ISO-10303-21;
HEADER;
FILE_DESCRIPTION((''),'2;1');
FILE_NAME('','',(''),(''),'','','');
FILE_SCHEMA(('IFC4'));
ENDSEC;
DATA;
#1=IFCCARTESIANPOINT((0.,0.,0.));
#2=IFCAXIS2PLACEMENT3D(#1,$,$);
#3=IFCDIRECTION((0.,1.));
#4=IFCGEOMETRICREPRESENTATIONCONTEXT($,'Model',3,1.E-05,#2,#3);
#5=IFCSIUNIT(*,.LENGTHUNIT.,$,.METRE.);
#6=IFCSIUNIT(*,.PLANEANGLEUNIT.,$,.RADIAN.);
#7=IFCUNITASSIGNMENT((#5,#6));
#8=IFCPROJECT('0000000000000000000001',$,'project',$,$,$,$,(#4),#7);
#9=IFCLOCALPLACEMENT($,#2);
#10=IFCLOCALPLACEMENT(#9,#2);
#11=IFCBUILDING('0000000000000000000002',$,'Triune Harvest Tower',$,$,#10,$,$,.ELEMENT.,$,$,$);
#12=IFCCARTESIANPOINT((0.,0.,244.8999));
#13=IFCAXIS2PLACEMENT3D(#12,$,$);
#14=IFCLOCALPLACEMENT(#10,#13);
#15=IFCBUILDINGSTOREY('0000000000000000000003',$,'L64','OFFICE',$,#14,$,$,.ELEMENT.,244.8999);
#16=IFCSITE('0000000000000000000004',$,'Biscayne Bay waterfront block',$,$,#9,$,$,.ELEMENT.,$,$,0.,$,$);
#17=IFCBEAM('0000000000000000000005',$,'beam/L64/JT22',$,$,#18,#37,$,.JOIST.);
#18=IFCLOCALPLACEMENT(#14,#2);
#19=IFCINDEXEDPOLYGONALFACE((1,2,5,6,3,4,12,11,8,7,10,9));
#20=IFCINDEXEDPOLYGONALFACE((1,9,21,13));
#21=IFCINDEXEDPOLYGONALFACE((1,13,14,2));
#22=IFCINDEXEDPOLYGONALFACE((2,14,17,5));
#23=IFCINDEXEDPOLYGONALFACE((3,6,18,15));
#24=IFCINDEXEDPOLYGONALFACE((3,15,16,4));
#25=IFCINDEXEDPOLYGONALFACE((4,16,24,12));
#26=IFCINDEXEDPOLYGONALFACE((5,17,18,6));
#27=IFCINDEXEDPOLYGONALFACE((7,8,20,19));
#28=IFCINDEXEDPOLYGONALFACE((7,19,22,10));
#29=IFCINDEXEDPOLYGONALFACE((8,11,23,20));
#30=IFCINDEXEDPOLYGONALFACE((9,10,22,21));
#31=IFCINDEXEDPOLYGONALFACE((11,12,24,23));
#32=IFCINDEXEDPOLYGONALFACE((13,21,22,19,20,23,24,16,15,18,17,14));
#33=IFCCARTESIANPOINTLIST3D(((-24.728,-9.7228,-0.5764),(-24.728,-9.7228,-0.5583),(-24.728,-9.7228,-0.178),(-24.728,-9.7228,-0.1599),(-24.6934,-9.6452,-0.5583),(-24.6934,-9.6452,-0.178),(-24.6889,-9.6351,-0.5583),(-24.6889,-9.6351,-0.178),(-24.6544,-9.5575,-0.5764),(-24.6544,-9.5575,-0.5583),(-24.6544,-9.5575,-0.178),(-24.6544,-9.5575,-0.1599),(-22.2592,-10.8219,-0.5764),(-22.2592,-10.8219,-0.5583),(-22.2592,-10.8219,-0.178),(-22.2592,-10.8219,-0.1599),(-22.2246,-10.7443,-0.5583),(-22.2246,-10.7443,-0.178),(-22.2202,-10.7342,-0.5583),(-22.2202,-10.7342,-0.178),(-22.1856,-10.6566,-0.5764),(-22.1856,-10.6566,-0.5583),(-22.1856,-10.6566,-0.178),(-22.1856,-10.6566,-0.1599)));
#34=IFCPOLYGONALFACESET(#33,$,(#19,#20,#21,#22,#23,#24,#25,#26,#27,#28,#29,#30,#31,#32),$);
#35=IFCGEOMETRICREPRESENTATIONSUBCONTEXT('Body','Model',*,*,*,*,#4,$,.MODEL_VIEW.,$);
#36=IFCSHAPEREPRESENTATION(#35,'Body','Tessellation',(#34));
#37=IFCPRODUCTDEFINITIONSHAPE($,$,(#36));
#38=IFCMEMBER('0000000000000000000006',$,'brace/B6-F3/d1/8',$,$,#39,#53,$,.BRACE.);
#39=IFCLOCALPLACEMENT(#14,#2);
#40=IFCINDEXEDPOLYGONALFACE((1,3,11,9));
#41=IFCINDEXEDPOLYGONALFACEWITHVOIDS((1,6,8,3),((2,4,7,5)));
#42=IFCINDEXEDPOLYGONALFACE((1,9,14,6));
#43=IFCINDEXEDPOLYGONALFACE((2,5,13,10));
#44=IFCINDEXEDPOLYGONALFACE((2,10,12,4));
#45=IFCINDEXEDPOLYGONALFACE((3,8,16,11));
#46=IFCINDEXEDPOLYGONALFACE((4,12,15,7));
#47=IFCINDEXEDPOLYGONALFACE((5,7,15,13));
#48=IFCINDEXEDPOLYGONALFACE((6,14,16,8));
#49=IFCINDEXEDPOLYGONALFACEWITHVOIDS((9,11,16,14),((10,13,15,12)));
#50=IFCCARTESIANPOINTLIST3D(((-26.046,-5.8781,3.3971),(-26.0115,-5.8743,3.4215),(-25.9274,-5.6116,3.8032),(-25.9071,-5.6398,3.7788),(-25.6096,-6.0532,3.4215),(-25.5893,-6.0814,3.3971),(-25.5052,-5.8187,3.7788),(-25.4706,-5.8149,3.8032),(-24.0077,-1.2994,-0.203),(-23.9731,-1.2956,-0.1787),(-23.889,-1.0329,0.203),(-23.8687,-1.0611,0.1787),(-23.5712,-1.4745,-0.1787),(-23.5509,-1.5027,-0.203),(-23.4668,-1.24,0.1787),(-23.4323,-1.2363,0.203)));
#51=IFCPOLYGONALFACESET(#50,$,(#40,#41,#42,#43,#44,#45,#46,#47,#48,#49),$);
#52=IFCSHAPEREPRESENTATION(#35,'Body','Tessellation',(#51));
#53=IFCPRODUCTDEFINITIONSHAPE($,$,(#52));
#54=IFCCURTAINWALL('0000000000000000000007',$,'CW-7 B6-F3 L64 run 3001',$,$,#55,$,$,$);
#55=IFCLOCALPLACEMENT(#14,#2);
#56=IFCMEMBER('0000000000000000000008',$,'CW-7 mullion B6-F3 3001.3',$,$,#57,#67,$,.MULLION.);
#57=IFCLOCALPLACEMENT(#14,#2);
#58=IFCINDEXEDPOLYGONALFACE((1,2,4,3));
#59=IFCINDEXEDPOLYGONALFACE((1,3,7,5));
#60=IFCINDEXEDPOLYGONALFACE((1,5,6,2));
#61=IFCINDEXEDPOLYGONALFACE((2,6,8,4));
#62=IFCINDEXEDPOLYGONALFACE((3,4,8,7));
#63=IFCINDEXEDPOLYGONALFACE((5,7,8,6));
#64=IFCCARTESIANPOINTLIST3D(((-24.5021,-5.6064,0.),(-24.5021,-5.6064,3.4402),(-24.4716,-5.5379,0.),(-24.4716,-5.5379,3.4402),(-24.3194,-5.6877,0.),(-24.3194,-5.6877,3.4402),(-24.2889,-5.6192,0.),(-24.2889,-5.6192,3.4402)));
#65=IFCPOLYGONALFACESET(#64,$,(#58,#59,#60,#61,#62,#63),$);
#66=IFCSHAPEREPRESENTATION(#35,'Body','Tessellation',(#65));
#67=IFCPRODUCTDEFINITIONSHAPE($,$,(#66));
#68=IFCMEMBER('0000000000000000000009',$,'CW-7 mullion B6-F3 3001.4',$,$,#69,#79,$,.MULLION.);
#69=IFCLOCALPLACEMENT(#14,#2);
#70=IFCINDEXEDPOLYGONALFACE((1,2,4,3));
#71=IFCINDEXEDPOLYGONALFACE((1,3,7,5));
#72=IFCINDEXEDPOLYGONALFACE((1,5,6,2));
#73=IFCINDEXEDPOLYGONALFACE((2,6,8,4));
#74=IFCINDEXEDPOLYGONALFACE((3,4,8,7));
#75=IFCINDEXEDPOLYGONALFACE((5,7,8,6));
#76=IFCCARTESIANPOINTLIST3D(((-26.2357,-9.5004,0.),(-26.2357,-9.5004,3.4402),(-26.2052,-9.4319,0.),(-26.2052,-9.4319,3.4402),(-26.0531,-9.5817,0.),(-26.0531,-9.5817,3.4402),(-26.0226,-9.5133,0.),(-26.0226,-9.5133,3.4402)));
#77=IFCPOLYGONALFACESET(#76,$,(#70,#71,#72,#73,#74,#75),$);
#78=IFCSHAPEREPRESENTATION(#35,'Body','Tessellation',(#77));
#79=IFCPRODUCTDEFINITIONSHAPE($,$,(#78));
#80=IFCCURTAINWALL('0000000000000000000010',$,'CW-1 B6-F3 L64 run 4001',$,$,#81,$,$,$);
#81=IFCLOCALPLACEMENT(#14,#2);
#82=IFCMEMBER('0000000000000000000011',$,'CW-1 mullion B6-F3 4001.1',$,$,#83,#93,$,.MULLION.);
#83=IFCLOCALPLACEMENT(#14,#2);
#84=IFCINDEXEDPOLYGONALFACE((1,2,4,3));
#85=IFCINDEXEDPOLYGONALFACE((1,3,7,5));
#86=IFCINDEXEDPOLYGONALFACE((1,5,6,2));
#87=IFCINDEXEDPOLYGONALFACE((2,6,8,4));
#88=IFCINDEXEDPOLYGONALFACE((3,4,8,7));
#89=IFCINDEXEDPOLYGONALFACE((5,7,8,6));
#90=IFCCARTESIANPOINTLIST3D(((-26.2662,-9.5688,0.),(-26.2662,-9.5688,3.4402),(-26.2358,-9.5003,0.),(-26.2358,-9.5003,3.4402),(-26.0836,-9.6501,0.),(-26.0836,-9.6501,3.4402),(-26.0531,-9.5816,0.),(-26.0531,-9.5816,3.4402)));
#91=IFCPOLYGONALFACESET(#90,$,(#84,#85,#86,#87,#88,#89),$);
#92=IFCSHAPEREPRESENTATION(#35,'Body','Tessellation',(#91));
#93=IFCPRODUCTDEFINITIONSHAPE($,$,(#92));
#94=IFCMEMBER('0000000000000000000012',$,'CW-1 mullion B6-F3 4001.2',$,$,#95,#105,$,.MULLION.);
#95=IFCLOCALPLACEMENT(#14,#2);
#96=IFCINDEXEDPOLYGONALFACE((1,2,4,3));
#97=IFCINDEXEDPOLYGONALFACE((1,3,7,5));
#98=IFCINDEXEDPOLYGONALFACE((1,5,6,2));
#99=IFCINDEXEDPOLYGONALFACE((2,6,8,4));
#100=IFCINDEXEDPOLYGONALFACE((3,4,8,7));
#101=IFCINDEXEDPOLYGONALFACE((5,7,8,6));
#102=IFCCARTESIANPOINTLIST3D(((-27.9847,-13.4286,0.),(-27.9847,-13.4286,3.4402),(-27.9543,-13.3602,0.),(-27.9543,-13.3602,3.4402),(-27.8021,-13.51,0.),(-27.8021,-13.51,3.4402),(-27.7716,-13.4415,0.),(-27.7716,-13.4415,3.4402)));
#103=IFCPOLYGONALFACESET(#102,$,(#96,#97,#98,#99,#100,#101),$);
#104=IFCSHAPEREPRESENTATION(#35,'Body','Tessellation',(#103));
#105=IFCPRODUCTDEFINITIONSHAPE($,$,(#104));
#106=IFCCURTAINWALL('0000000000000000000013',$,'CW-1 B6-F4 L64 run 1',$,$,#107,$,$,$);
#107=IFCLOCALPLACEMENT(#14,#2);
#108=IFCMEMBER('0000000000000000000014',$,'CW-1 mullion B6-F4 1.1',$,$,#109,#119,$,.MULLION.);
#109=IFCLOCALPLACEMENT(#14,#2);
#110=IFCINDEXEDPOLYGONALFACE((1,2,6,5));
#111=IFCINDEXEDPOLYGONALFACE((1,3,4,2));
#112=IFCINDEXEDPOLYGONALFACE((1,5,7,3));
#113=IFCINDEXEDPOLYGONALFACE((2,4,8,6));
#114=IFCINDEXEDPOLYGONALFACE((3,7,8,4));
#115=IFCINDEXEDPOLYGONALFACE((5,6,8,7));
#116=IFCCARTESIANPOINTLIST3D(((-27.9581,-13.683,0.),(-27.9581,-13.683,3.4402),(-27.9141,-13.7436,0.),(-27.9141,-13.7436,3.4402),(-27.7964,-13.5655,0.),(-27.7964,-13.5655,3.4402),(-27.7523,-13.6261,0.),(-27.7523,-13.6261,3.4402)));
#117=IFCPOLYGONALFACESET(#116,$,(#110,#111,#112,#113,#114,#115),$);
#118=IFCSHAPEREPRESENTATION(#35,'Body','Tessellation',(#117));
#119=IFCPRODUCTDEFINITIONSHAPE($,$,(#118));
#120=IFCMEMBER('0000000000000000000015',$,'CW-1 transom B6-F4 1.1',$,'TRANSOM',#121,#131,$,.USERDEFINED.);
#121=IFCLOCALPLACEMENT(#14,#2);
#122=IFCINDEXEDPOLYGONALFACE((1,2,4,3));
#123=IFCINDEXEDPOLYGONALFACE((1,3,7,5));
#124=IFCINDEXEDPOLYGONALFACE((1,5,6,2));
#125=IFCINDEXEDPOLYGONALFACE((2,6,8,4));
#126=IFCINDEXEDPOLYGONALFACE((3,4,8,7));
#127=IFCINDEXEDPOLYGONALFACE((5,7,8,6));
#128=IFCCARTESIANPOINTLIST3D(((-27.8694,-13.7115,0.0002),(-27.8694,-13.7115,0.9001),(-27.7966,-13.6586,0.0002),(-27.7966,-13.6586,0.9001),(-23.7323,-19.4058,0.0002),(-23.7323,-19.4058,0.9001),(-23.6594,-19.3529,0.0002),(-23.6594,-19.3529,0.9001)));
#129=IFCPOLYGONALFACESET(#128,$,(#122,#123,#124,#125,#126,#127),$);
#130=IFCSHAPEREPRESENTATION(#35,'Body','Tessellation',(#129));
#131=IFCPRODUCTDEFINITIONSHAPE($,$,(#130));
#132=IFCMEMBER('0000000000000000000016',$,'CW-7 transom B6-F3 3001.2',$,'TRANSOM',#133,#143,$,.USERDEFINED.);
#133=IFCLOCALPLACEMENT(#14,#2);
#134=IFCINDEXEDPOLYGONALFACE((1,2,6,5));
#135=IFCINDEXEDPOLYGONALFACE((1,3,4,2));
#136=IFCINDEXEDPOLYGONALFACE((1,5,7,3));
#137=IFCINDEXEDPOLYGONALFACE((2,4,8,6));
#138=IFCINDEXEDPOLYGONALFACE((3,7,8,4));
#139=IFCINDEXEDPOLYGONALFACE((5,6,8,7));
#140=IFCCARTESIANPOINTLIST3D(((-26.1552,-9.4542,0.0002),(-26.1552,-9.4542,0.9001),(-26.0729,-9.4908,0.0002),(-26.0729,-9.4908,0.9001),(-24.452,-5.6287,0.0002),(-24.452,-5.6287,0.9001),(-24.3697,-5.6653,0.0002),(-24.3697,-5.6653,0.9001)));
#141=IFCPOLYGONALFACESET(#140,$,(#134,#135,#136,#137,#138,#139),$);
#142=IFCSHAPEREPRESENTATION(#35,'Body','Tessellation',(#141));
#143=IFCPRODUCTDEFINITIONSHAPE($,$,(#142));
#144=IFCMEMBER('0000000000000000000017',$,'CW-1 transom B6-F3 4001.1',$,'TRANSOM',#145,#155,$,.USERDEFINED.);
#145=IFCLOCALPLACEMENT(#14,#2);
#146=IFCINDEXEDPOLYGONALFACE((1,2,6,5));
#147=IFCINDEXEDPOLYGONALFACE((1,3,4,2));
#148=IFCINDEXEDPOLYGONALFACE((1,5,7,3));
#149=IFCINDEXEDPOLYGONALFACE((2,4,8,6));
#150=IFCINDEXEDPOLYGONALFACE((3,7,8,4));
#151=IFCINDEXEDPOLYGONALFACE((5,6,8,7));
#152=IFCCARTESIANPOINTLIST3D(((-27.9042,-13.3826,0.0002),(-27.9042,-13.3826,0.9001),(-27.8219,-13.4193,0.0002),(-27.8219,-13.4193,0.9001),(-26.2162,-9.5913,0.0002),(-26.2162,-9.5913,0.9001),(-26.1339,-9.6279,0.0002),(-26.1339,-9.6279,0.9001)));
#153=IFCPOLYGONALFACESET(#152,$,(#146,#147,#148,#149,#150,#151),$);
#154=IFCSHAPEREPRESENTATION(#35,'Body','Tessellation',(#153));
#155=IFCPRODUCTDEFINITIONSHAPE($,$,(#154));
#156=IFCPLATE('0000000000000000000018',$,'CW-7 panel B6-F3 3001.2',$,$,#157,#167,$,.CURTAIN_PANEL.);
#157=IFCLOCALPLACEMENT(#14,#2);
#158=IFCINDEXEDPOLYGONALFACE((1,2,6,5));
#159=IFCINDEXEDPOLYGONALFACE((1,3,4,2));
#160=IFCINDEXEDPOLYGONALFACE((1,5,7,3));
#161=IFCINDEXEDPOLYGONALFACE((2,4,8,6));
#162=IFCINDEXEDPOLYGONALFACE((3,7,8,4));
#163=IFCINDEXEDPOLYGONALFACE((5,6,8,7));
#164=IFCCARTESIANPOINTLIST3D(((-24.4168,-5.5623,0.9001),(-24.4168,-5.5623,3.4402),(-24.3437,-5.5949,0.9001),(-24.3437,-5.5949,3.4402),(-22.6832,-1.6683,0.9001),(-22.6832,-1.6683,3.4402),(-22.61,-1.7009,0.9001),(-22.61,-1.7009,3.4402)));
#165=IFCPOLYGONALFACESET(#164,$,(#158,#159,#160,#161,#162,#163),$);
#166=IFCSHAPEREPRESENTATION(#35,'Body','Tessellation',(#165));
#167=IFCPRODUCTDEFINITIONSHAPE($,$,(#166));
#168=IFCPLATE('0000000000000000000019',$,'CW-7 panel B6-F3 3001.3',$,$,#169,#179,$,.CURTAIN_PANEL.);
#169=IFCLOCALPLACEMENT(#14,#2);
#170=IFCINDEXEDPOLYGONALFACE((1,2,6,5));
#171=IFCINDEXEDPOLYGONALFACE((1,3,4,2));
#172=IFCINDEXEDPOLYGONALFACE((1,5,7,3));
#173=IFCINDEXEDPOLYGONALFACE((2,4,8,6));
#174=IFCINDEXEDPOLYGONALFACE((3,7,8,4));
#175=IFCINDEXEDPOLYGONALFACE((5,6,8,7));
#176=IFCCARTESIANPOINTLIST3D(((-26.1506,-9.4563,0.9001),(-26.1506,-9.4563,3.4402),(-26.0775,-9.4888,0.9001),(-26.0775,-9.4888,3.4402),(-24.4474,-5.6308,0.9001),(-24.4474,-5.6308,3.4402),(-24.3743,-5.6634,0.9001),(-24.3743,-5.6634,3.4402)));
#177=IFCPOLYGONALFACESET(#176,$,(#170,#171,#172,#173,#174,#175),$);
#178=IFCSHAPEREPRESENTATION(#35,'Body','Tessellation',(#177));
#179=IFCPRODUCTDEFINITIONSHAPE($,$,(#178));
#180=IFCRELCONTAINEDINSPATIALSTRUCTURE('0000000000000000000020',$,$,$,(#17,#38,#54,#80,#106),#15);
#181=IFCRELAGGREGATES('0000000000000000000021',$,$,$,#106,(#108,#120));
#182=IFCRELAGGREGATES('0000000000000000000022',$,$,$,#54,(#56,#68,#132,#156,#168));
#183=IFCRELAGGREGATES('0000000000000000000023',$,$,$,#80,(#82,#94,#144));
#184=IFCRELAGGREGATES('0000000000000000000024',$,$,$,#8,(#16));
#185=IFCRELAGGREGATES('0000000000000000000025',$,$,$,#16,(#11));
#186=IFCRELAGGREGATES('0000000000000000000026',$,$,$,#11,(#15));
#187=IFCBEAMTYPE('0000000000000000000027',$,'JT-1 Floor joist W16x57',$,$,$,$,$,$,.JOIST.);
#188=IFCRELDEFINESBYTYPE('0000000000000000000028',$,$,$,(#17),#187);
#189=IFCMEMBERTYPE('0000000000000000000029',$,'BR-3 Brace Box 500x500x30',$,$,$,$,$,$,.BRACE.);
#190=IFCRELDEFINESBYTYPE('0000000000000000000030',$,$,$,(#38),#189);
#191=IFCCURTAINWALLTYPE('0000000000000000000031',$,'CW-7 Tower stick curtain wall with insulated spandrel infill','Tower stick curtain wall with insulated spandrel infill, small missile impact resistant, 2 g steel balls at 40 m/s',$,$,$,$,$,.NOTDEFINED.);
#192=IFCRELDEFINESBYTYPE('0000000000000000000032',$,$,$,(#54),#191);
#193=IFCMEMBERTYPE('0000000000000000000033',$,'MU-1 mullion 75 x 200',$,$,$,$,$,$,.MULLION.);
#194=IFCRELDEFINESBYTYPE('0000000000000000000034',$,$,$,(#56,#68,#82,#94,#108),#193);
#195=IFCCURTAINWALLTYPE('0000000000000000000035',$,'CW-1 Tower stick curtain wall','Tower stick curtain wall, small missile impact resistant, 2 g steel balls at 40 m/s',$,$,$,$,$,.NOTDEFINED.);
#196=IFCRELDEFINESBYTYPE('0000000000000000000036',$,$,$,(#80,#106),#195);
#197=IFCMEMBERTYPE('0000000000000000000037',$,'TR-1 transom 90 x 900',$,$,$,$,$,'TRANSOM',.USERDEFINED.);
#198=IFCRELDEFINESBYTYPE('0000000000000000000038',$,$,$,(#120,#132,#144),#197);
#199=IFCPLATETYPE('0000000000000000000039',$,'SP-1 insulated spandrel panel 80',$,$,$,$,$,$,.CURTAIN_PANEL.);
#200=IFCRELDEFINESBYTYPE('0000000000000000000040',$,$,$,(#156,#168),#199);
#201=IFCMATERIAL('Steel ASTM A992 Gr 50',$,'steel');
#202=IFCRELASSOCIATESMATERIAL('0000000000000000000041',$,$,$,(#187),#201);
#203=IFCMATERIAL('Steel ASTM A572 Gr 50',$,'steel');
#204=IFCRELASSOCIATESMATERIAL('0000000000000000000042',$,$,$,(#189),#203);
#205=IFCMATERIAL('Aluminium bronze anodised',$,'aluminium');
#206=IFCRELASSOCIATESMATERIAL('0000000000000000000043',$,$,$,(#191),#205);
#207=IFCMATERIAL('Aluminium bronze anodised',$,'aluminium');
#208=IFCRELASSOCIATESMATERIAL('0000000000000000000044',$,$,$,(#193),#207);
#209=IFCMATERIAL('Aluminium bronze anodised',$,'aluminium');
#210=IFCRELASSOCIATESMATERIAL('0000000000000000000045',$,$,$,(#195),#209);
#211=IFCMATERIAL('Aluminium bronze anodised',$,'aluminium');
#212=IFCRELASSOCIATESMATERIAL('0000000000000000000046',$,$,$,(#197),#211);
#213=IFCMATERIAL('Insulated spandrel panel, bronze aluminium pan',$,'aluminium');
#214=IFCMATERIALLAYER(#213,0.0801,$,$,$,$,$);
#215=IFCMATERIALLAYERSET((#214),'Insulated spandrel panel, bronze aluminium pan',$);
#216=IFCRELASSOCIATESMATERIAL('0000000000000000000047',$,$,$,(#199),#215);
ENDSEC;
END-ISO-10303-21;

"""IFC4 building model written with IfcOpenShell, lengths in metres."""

from ifc_helpers import new_model, si_unit, direction, frame, origin, origin_2d, place, context, subcontext, project, spatial, rectangle, hollow_rectangle, i_section, extrude, source, transform, mapped, material, layer, layer_set, material_profile, profile_set, type_object, element, aggregate, save


model = new_model("IFC4")

# Units and contexts
model_context = context("Model", 3, precision=1e-05, world=origin(), true_north=direction((0.0, 1.0)))
body_context = subcontext(model_context, "Body", "Model", "MODEL_VIEW")
ifc_project = project(units=[si_unit("LENGTHUNIT", "METRE"), si_unit("PLANEANGLEUNIT", "RADIAN")], contexts=[model_context])

# Site, building, storey
site_placement = place(None, origin())
site = spatial("IfcSite", under=ifc_project, at=site_placement, Name="Biscayne Bay waterfront block", CompositionType="ELEMENT", RefElevation=0.0)
building_placement = place(site_placement, origin())
building = spatial("IfcBuilding", under=site, at=building_placement, Name="Triune Harvest Tower", CompositionType="ELEMENT")
storey_placement = place(building_placement, frame((0.0, 0.0, 244.8999)))
storey = spatial("IfcBuildingStorey", under=building, at=storey_placement, Name="L64", Description="OFFICE", CompositionType="ELEMENT", Elevation=244.8999)

# Beam
ifc_material_1 = material(Name="Steel ASTM A992 Gr 50", Category="steel")
ifc_material_profile_1 = material_profile(ifc_material_1, i_section(OverallWidth=0.1809, OverallDepth=0.4165, WebThickness=0.011, FlangeThickness=0.0181, at=origin_2d()), Name="W16x57")
ifc_profile_set_1 = profile_set([ifc_material_profile_1], Name="Steel ASTM A992 Gr 50")
beam_type_1 = type_object("IfcBeamType", Name="JT-1 Floor joist W16x57", PredefinedType="JOIST", material=ifc_profile_set_1)
shared_shape_1 = source(origin(), body_context, "Body", "SweptSolid", [
    extrude(i_section(OverallWidth=0.1809, OverallDepth=0.4165, WebThickness=0.011, FlangeThickness=0.0181, at=origin_2d()), origin(), (0.0, 0.0, 1.0), 2.7024),
])
beam_1_placement = place(storey_placement, frame((-24.6912, -9.6401, -0.3682), z_axis=(0.913551, -0.406725, 0.0), x_axis=(0.406725, 0.913551, 0.0)))
element("IfcBeam", 1, at=beam_1_placement, inside=storey, type_object=beam_type_1, Name="beam/L64/JT22", PredefinedType="JOIST", context=body_context, shape_type="MappedRepresentation", body=[
    mapped(shared_shape_1, transform((0.0, 0.0, 0.0), scale=1.0)),
])

# Member
ifc_material_2 = material(Name="Steel ASTM A572 Gr 50", Category="steel")
ifc_material_profile_2 = material_profile(ifc_material_2, hollow_rectangle(XDim=0.5, YDim=0.5, WallThickness=0.03, at=origin_2d()), Name="Box 500x500x30")
ifc_profile_set_2 = profile_set([ifc_material_profile_2], Name="Steel ASTM A572 Gr 50")
member_type_1 = type_object("IfcMemberType", Name="BR-3 Brace Box 500x500x30", PredefinedType="BRACE", material=ifc_profile_set_2)
shared_shape_2 = source(origin(), body_context, "Body", "SweptSolid", [
    extrude(hollow_rectangle(XDim=0.5, YDim=0.5, WallThickness=0.03, at=origin_2d()), origin(), (0.0, 0.0, 1.0), 6.1709),
])
member_1_placement = place(storey_placement, frame((-23.72, -1.2678, 0.0), z_axis=(-0.330317, -0.741976, 0.583405), x_axis=(0.91356, -0.406703, 0.0)))
element("IfcMember", 2, at=member_1_placement, inside=storey, type_object=member_type_1, Name="brace/B6-F3/d1/8", PredefinedType="BRACE", context=body_context, shape_type="MappedRepresentation", body=[
    mapped(shared_shape_2, transform((0.0, 0.0, 0.0), scale=1.0)),
])

# Curtain walls, members
ifc_material_3 = material(Name="Aluminium bronze anodised", Category="aluminium")
curtain_wall_type_1 = type_object("IfcCurtainWallType", Name="CW-7 Tower stick curtain wall with insulated spandrel infill", Description="Tower stick curtain wall with insulated spandrel infill, small missile impact resistant, 2 g steel balls at 40 m/s", PredefinedType="NOTDEFINED", material=ifc_material_3)
curtain_wall_1_placement = place(storey_placement, origin())
curtain_wall_1 = element("IfcCurtainWall", 3, at=curtain_wall_1_placement, inside=storey, type_object=curtain_wall_type_1, Name="CW-7 B6-F3 L64 run 3001")
ifc_material_4 = material(Name="Aluminium bronze anodised", Category="aluminium")
ifc_material_profile_3 = material_profile(ifc_material_4, rectangle(XDim=0.2, YDim=0.075, at=origin_2d()), Name="MU-1 mullion 75 x 200")
ifc_profile_set_3 = profile_set([ifc_material_profile_3], Name="Aluminium bronze anodised")
member_type_2 = type_object("IfcMemberType", Name="MU-1 mullion 75 x 200", PredefinedType="MULLION", material=ifc_profile_set_3)
shared_shape_3 = source(origin(), body_context, "Body", "SweptSolid", [
    extrude(rectangle(XDim=0.2, YDim=0.075, at=origin_2d()), origin(), (0.0, 0.0, 1.0), 3.4402),
])
member_2_placement = place(storey_placement, frame((-24.3955, -5.6128, 0.0), z_axis=(0.0, 0.0, 1.0), x_axis=(0.913546, -0.406735, 0.0)))
member_2 = element("IfcMember", 4, at=member_2_placement, type_object=member_type_2, Name="CW-7 mullion B6-F3 3001.3", PredefinedType="MULLION", context=body_context, shape_type="MappedRepresentation", body=[
    mapped(shared_shape_3, transform((0.0, 0.0, 0.0), scale=1.0)),
])
member_3_placement = place(storey_placement, frame((-26.1292, -9.5068, 0.0), z_axis=(0.0, 0.0, 1.0), x_axis=(0.913546, -0.406735, 0.0)))
member_3 = element("IfcMember", 5, at=member_3_placement, type_object=member_type_2, Name="CW-7 mullion B6-F3 3001.4", PredefinedType="MULLION", context=body_context, shape_type="MappedRepresentation", body=[
    mapped(shared_shape_3, transform((0.0, 0.0, 0.0), scale=1.0)),
])
ifc_material_5 = material(Name="Aluminium bronze anodised", Category="aluminium")
curtain_wall_type_2 = type_object("IfcCurtainWallType", Name="CW-1 Tower stick curtain wall", Description="Tower stick curtain wall, small missile impact resistant, 2 g steel balls at 40 m/s", PredefinedType="NOTDEFINED", material=ifc_material_5)
curtain_wall_2_placement = place(storey_placement, origin())
curtain_wall_2 = element("IfcCurtainWall", 6, at=curtain_wall_2_placement, inside=storey, type_object=curtain_wall_type_2, Name="CW-1 B6-F3 L64 run 4001")
member_4_placement = place(storey_placement, frame((-26.1597, -9.5752, 0.0), z_axis=(0.0, 0.0, 1.0), x_axis=(0.913545, -0.406739, 0.0)))
member_4 = element("IfcMember", 7, at=member_4_placement, type_object=member_type_2, Name="CW-1 mullion B6-F3 4001.1", PredefinedType="MULLION", context=body_context, shape_type="MappedRepresentation", body=[
    mapped(shared_shape_3, transform((0.0, 0.0, 0.0), scale=1.0)),
])
member_5_placement = place(storey_placement, frame((-27.8782, -13.4351, 0.0), z_axis=(0.0, 0.0, 1.0), x_axis=(0.913545, -0.406739, 0.0)))
member_5 = element("IfcMember", 8, at=member_5_placement, type_object=member_type_2, Name="CW-1 mullion B6-F3 4001.2", PredefinedType="MULLION", context=body_context, shape_type="MappedRepresentation", body=[
    mapped(shared_shape_3, transform((0.0, 0.0, 0.0), scale=1.0)),
])
curtain_wall_3_placement = place(storey_placement, origin())
curtain_wall_3 = element("IfcCurtainWall", 9, at=curtain_wall_3_placement, inside=storey, type_object=curtain_wall_type_2, Name="CW-1 B6-F4 L64 run 1")
member_6_placement = place(storey_placement, frame((-27.8552, -13.6545, 0.0), z_axis=(0.0, 0.0, 1.0), x_axis=(0.809014, 0.587789, 0.0)))
member_6 = element("IfcMember", 10, at=member_6_placement, type_object=member_type_2, Name="CW-1 mullion B6-F4 1.1", PredefinedType="MULLION", context=body_context, shape_type="MappedRepresentation", body=[
    mapped(shared_shape_3, transform((0.0, 0.0, 0.0), scale=1.0)),
])
ifc_material_6 = material(Name="Aluminium bronze anodised", Category="aluminium")
ifc_material_profile_4 = material_profile(ifc_material_6, rectangle(XDim=0.0901, YDim=0.8999, at=origin_2d()), Name="TR-1 transom 90 x 900")
ifc_profile_set_4 = profile_set([ifc_material_profile_4], Name="Aluminium bronze anodised")
member_type_3 = type_object("IfcMemberType", Name="TR-1 transom 90 x 900", ElementType="TRANSOM", PredefinedType="USERDEFINED", material=ifc_profile_set_4)
shared_shape_4 = source(origin(), body_context, "Body", "SweptSolid", [
    extrude(rectangle(XDim=0.0901, YDim=0.8999, at=origin_2d()), origin(), (0.0, 0.0, 1.0), 7.0386),
])
member_7_placement = place(storey_placement, frame((-27.833, -13.6851, 0.4502), z_axis=(0.587788, -0.809015, 0.0), x_axis=(0.809015, 0.587788, 0.0)))
member_7 = element("IfcMember", 11, at=member_7_placement, type_object=member_type_3, Name="CW-1 transom B6-F4 1.1", ObjectType="TRANSOM", PredefinedType="USERDEFINED", context=body_context, shape_type="MappedRepresentation", body=[
    mapped(shared_shape_4, transform((0.0, 0.0, 0.0), scale=1.0)),
])
aggregate(curtain_wall_3, [member_6, member_7])

# Members
shared_shape_5 = source(origin(), body_context, "Body", "SweptSolid", [
    extrude(rectangle(XDim=0.0901, YDim=0.8999, at=origin_2d()), origin(), (0.0, 0.0, 1.0), 4.1875),
])
member_8_placement = place(storey_placement, frame((-24.4109, -5.647, 0.4502), z_axis=(-0.406723, -0.913552, 0.0), x_axis=(0.913552, -0.406723, 0.0)))
member_8 = element("IfcMember", 12, at=member_8_placement, type_object=member_type_3, Name="CW-7 transom B6-F3 3001.2", ObjectType="TRANSOM", PredefinedType="USERDEFINED", context=body_context, shape_type="MappedRepresentation", body=[
    mapped(shared_shape_5, transform((0.0, 0.0, 0.0), scale=1.0)),
])
shared_shape_6 = source(origin(), body_context, "Body", "SweptSolid", [
    extrude(rectangle(XDim=0.0901, YDim=0.8999, at=origin_2d()), origin(), (0.0, 0.0, 1.0), 4.1501),
])
member_9_placement = place(storey_placement, frame((-26.175, -9.6096, 0.4502), z_axis=(-0.406739, -0.913545, 0.0), x_axis=(0.913545, -0.406739, 0.0)))
member_9 = element("IfcMember", 13, at=member_9_placement, type_object=member_type_3, Name="CW-1 transom B6-F3 4001.1", ObjectType="TRANSOM", PredefinedType="USERDEFINED", context=body_context, shape_type="MappedRepresentation", body=[
    mapped(shared_shape_6, transform((0.0, 0.0, 0.0), scale=1.0)),
])

# Plates
ifc_material_7 = material(Name="Insulated spandrel panel, bronze aluminium pan", Category="aluminium")
ifc_layer_1 = layer(ifc_material_7, 0.0801)
ifc_layer_set_1 = layer_set([ifc_layer_1], Name="Insulated spandrel panel, bronze aluminium pan")
plate_type_1 = type_object("IfcPlateType", Name="SP-1 insulated spandrel panel 80", PredefinedType="CURTAIN_PANEL", material=ifc_layer_set_1)
shared_shape_7 = source(origin(), body_context, "Body", "SweptSolid", [
    extrude(rectangle(XDim=4.2625, YDim=0.0801, at=origin_2d()), origin(), (0.0, 0.0, 1.0), 2.54),
])
plate_1_placement = place(storey_placement, frame((-23.5134, -3.6316, 0.9001), z_axis=(0.0, 0.0, 1.0), x_axis=(-0.406735, -0.913546, 0.0)))
plate_1 = element("IfcPlate", 14, at=plate_1_placement, type_object=plate_type_1, Name="CW-7 panel B6-F3 3001.2", PredefinedType="CURTAIN_PANEL", context=body_context, shape_type="MappedRepresentation", body=[
    mapped(shared_shape_7, transform((0.0, 0.0, 0.0), scale=1.0)),
])
shared_shape_8 = source(origin(), body_context, "Body", "SweptSolid", [
    extrude(rectangle(XDim=4.1875, YDim=0.0801, at=origin_2d()), origin(), (0.0, 0.0, 1.0), 2.54),
])
plate_2_placement = place(storey_placement, frame((-25.2625, -7.5598, 0.9001), z_axis=(0.0, 0.0, 1.0), x_axis=(-0.406735, -0.913546, 0.0)))
plate_2 = element("IfcPlate", 15, at=plate_2_placement, type_object=plate_type_1, Name="CW-7 panel B6-F3 3001.3", PredefinedType="CURTAIN_PANEL", context=body_context, shape_type="MappedRepresentation", body=[
    mapped(shared_shape_8, transform((0.0, 0.0, 0.0), scale=1.0)),
])
aggregate(curtain_wall_1, [member_2, member_3, member_8, plate_1, plate_2])
aggregate(curtain_wall_2, [member_4, member_5, member_9])

save(model, "model.ifc")
